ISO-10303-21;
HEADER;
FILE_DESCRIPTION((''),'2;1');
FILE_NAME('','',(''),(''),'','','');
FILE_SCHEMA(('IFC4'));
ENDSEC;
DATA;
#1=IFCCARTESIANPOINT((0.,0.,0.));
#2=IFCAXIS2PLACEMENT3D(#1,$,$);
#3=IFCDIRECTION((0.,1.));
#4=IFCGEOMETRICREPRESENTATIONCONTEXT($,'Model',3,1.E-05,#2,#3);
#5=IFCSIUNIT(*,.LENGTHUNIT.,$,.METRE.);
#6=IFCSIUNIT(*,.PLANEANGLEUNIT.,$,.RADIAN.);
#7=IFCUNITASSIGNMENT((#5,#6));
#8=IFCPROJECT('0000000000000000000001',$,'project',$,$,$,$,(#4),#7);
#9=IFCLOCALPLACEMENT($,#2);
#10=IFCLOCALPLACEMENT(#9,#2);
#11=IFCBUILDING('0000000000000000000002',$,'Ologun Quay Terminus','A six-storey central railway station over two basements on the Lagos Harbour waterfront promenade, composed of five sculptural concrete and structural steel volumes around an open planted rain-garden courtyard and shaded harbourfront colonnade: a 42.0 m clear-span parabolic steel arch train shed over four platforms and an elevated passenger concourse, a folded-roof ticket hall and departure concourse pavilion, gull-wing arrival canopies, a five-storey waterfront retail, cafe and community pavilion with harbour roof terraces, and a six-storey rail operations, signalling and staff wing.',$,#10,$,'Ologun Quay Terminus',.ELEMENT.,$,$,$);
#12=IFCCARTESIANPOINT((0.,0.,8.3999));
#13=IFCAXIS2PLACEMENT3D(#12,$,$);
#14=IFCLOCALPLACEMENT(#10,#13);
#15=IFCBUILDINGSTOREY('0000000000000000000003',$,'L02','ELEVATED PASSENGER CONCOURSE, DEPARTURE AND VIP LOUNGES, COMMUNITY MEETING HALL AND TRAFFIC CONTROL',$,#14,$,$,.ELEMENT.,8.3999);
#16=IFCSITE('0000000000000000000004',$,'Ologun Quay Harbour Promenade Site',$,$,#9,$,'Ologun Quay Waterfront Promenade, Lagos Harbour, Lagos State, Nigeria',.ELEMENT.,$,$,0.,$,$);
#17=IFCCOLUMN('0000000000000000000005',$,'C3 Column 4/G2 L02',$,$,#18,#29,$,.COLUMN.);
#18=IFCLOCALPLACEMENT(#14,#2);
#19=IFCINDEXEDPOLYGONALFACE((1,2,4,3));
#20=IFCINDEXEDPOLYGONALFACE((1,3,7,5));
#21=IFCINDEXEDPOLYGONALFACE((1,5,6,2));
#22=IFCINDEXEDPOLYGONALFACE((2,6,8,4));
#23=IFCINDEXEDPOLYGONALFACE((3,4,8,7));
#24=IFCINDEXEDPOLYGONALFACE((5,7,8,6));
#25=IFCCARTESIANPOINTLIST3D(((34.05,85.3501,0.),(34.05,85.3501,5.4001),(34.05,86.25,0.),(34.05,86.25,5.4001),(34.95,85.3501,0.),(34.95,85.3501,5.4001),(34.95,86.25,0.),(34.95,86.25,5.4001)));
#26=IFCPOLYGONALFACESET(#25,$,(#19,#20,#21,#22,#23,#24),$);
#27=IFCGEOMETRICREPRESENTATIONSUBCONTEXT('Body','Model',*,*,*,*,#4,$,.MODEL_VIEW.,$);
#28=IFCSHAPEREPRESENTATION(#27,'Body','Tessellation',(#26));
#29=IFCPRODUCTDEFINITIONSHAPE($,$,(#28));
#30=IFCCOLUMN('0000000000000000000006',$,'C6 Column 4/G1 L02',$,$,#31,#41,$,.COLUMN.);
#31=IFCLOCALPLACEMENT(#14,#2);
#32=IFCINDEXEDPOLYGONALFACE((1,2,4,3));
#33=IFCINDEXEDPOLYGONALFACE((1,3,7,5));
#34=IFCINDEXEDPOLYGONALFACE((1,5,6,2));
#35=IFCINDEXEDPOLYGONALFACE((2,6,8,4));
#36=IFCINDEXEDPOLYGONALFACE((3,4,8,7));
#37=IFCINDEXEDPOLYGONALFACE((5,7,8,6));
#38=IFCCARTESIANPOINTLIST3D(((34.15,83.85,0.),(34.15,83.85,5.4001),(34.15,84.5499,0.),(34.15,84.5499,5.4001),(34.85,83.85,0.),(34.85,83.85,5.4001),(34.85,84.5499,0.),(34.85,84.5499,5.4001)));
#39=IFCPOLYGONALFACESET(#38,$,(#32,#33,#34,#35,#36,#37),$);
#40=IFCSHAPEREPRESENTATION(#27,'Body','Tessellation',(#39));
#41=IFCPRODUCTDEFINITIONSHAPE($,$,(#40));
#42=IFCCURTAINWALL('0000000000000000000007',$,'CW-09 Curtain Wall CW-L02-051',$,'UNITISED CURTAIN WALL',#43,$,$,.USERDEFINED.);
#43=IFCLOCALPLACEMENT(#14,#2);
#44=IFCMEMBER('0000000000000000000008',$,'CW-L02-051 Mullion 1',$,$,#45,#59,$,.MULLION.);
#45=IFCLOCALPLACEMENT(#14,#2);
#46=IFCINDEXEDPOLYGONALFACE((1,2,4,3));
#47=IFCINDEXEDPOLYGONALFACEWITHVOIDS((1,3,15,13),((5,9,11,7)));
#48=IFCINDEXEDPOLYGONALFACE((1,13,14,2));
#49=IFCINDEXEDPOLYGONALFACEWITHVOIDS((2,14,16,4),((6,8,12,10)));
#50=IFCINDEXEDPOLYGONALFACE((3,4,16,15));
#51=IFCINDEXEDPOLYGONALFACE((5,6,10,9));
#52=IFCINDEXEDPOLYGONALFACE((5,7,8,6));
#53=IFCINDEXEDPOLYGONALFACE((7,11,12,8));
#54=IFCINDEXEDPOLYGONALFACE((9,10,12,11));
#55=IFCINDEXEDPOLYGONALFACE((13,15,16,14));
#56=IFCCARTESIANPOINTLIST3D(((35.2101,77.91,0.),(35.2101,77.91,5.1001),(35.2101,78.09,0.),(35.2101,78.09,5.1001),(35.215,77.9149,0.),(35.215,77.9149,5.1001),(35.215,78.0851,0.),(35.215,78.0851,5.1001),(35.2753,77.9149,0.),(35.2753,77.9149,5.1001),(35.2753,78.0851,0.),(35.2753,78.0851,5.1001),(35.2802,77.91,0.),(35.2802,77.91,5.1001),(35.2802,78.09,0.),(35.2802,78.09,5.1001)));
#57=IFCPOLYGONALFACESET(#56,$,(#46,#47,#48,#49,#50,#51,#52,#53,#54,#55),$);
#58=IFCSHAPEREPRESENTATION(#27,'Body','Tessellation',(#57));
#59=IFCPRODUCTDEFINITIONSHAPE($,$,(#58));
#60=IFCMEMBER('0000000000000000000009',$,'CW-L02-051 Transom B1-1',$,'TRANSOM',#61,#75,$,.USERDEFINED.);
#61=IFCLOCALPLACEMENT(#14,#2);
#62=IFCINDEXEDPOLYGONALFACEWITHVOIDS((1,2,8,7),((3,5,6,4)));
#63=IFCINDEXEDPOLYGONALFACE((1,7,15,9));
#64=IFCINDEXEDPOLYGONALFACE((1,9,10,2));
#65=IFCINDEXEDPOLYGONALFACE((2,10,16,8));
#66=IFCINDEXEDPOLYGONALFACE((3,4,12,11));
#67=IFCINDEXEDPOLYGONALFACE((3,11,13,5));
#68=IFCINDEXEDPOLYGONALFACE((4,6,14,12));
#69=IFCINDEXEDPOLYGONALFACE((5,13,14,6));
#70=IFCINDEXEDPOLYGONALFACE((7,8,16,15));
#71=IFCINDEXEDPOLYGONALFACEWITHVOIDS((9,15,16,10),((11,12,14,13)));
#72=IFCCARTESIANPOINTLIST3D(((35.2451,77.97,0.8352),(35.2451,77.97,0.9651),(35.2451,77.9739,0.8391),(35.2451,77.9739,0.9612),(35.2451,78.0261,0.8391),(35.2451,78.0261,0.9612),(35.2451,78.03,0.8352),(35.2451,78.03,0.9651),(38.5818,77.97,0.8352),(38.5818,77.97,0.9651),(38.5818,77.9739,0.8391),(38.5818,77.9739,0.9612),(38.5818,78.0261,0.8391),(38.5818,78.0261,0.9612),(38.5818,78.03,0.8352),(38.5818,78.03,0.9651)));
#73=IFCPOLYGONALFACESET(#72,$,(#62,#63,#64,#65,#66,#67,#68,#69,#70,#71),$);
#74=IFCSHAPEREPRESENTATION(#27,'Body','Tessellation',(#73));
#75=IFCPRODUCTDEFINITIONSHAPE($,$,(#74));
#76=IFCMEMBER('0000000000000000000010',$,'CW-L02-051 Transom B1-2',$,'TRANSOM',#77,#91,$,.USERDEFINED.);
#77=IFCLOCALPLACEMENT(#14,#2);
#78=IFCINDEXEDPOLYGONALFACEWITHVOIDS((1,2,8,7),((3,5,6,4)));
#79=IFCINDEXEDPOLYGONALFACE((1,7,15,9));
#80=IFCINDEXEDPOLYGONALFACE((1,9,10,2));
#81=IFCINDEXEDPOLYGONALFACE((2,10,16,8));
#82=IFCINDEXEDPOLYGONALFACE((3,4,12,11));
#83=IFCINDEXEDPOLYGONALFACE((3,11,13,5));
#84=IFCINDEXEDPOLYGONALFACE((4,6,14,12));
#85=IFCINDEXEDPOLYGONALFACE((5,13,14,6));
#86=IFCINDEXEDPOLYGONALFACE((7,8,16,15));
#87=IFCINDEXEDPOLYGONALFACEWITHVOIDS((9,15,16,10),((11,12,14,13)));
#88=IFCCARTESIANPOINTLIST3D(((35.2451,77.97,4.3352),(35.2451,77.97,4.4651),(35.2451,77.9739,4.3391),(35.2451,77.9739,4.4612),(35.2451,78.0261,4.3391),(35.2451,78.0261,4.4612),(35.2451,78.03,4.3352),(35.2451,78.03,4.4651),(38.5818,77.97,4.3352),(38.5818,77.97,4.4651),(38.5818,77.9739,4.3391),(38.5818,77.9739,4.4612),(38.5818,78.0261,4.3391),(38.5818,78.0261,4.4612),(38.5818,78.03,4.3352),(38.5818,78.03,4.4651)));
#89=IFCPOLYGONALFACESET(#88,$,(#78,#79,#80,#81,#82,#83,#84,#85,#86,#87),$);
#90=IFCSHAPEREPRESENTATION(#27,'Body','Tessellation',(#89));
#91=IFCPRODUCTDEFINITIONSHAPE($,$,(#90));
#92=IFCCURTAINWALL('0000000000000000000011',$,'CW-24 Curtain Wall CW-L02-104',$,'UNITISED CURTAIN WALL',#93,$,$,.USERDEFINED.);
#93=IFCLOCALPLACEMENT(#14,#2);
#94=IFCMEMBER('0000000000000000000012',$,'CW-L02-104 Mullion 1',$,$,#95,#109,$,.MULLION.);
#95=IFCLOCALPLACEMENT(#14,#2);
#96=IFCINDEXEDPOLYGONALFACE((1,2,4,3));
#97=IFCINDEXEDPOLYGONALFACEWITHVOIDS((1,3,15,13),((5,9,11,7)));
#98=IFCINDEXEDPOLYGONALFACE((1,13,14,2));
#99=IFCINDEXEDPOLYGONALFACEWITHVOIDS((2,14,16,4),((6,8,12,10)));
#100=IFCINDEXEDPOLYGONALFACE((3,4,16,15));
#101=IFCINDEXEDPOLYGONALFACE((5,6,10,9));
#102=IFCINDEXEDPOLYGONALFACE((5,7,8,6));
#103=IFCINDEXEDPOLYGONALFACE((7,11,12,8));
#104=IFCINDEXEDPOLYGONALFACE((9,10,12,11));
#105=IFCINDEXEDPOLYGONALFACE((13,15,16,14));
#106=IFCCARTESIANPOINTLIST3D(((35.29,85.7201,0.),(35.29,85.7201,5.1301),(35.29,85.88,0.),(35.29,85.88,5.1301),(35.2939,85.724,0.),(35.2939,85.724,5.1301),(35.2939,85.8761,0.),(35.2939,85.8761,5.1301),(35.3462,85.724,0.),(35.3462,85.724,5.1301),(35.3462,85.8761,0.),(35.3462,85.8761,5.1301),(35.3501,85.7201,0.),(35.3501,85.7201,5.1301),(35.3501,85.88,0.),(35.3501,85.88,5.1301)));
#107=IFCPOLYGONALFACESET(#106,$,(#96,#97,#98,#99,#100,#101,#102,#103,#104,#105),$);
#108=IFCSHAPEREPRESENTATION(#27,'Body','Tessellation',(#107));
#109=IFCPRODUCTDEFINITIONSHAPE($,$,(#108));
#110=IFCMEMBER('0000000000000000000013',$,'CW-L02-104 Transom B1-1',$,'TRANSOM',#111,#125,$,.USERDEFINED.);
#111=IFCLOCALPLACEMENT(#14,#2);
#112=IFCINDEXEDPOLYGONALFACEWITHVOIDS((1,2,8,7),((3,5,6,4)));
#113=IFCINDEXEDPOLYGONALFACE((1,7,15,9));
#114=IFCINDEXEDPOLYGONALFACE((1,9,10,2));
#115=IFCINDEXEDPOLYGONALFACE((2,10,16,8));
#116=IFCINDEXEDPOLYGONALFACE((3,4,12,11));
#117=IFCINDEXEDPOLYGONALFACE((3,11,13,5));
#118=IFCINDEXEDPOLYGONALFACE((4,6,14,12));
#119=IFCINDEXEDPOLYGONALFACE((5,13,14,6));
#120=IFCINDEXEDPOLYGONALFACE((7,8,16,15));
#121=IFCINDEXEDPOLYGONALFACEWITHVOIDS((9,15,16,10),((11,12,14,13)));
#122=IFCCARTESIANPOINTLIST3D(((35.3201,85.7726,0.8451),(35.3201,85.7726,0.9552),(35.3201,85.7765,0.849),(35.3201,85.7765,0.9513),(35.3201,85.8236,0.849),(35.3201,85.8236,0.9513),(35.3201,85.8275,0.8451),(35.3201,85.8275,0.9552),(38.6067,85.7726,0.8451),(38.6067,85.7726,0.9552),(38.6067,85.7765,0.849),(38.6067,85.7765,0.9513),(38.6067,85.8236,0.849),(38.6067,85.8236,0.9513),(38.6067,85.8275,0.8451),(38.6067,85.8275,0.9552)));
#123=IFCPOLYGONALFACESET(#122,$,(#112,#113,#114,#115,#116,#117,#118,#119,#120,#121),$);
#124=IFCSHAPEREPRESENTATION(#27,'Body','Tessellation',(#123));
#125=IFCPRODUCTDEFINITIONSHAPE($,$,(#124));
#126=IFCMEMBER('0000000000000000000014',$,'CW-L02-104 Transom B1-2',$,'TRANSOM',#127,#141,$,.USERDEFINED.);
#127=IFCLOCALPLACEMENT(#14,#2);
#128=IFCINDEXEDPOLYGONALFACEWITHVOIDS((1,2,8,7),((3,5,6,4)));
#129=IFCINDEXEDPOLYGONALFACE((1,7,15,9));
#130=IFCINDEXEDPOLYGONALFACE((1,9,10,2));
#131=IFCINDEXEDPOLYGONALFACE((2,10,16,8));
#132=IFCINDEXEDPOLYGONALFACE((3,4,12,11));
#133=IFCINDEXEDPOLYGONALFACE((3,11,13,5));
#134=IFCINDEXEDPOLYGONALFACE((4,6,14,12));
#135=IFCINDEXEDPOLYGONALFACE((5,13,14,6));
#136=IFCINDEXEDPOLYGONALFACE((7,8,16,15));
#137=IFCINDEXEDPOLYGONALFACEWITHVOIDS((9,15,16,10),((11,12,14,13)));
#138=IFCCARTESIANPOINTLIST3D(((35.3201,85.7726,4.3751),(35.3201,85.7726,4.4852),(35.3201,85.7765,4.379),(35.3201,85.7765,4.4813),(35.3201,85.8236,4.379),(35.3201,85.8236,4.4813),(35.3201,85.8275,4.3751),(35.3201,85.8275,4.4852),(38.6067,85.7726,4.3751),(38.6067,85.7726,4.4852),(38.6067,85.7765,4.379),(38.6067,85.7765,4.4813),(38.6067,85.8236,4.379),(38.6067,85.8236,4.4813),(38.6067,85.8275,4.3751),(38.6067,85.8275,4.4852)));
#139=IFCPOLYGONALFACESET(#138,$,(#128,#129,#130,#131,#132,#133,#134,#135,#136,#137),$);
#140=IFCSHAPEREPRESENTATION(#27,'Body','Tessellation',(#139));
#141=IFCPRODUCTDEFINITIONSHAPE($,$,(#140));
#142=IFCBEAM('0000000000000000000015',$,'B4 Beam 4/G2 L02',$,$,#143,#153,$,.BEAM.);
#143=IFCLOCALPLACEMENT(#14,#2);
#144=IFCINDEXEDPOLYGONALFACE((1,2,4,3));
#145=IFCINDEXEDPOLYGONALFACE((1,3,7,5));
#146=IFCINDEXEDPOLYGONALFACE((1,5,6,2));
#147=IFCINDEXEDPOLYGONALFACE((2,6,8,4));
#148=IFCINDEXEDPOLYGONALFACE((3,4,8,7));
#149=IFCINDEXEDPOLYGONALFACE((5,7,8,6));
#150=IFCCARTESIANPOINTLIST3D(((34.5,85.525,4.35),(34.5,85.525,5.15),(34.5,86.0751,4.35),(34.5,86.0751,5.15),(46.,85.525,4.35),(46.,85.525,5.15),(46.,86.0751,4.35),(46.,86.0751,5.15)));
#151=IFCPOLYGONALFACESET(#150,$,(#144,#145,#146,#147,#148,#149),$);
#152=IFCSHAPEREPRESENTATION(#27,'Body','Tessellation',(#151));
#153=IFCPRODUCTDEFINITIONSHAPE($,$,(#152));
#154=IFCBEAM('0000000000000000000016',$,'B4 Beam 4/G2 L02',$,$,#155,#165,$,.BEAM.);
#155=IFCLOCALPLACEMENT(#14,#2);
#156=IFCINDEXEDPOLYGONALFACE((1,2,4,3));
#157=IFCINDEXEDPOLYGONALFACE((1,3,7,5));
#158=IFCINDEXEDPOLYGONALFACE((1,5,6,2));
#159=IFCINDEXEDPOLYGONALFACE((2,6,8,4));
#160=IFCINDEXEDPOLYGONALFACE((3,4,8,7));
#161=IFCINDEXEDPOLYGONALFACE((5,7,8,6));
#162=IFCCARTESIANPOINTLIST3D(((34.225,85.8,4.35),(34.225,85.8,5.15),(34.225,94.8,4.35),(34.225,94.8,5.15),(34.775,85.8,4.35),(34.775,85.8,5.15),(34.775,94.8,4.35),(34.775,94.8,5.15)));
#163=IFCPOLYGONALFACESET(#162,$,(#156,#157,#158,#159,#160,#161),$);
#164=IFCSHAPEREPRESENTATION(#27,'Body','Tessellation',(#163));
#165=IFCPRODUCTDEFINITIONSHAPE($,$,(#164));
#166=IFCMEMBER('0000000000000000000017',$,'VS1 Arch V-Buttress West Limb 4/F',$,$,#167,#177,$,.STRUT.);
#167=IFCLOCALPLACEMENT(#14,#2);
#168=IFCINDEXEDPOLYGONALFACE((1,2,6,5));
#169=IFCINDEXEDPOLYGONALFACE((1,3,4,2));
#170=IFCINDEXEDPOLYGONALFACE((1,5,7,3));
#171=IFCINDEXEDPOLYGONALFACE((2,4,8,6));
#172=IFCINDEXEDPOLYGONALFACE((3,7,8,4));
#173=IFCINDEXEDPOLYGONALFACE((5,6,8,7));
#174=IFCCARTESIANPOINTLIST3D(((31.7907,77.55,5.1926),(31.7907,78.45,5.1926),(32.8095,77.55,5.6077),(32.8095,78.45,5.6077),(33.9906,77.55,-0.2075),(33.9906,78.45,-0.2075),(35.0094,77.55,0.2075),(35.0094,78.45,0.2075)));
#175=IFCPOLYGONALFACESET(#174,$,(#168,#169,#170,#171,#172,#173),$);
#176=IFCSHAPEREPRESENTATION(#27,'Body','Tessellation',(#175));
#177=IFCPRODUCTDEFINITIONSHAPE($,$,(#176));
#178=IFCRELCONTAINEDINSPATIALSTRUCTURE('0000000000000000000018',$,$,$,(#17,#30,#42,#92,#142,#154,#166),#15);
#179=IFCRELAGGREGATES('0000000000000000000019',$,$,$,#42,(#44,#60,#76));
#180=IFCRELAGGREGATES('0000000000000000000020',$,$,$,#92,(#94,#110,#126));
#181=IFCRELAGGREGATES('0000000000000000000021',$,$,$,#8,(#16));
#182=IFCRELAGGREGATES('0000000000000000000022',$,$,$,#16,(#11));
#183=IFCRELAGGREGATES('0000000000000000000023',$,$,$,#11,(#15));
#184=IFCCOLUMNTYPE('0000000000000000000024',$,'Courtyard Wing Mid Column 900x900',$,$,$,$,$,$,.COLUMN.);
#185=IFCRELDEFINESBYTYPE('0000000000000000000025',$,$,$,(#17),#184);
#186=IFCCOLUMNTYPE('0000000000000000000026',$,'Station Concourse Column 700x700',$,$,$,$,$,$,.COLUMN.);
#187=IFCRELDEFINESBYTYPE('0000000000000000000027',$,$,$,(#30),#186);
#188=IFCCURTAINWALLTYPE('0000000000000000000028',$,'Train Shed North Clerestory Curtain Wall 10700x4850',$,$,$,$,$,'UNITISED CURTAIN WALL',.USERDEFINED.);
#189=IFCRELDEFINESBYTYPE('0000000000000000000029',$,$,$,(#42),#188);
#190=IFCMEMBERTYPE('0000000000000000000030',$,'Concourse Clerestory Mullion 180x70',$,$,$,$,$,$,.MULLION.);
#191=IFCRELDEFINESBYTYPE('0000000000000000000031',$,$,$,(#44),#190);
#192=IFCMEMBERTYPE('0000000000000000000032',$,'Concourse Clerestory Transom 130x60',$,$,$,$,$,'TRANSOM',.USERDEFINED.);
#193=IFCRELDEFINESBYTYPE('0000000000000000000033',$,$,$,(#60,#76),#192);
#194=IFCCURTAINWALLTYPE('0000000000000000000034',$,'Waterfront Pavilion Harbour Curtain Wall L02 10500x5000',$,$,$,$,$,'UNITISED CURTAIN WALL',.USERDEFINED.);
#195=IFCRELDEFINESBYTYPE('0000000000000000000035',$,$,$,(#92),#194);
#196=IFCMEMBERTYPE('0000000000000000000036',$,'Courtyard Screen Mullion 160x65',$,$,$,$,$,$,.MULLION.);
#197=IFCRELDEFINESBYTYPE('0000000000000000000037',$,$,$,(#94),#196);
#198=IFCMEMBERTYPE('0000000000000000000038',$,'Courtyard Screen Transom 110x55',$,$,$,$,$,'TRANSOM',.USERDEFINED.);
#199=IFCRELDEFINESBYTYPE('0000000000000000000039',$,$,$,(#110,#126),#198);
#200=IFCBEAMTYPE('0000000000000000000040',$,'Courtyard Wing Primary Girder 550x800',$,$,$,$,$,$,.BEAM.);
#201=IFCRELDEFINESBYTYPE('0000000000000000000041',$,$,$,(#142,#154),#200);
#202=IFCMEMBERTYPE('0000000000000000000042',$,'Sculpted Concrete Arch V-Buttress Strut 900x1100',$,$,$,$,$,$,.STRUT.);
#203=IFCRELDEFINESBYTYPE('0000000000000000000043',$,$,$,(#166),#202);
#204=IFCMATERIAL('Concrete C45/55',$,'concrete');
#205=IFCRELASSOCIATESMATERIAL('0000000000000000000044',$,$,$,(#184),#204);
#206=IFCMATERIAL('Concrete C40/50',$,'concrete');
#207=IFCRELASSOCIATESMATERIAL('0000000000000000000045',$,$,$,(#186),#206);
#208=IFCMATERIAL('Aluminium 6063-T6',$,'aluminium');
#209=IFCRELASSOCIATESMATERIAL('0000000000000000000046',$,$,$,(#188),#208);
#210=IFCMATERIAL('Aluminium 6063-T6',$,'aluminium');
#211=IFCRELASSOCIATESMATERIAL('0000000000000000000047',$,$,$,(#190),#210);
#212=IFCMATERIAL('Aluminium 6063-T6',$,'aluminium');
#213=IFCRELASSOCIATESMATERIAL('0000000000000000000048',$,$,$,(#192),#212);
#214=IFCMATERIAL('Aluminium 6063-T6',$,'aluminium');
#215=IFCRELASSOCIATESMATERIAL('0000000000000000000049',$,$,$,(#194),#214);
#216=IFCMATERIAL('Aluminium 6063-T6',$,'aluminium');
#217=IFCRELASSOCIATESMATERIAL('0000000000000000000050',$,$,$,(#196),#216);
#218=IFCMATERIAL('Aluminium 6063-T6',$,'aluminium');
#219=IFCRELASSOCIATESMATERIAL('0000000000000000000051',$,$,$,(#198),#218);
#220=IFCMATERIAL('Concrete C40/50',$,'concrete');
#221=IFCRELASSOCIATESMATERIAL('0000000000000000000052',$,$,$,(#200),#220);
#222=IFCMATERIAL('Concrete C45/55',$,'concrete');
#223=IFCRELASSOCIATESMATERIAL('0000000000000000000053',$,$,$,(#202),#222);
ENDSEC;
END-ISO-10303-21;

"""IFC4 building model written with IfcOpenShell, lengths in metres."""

from ifc_helpers import new_model, si_unit, direction, frame, origin, origin_2d, place, context, subcontext, project, spatial, rectangle, hollow_rectangle, extrude, material, material_profile, profile_set, type_object, element, aggregate, save


model = new_model("IFC4")

# Units and contexts
model_context = context("Model", 3, precision=1e-05, world=origin(), true_north=direction((0.0, 1.0)))
body_context = subcontext(model_context, "Body", "Model", "MODEL_VIEW")
ifc_project = project(units=[si_unit("LENGTHUNIT", "METRE"), si_unit("PLANEANGLEUNIT", "RADIAN")], contexts=[model_context])

# Site, building, storey
site_placement = place(None, origin())
site = spatial("IfcSite", under=ifc_project, at=site_placement, Name="Ologun Quay Harbour Promenade Site", LongName="Ologun Quay Waterfront Promenade, Lagos Harbour, Lagos State, Nigeria", CompositionType="ELEMENT", RefElevation=0.0)
building_placement = place(site_placement, origin())
building = spatial("IfcBuilding", under=site, at=building_placement, Name="Ologun Quay Terminus", Description="A six-storey central railway station over two basements on the Lagos Harbour waterfront promenade, composed of five sculptural concrete and structural steel volumes around an open planted rain-garden courtyard and shaded harbourfront colonnade: a 42.0 m clear-span parabolic steel arch train shed over four platforms and an elevated passenger concourse, a folded-roof ticket hall and departure concourse pavilion, gull-wing arrival canopies, a five-storey waterfront retail, cafe and community pavilion with harbour roof terraces, and a six-storey rail operations, signalling and staff wing.", LongName="Ologun Quay Terminus", CompositionType="ELEMENT")
storey_placement = place(building_placement, frame((0.0, 0.0, 8.3999)))
storey = spatial("IfcBuildingStorey", under=building, at=storey_placement, Name="L02", Description="ELEVATED PASSENGER CONCOURSE, DEPARTURE AND VIP LOUNGES, COMMUNITY MEETING HALL AND TRAFFIC CONTROL", CompositionType="ELEMENT", Elevation=8.3999)

# Columns
ifc_material_1 = material(Name="Concrete C45/55", Category="concrete")
ifc_material_profile_1 = material_profile(ifc_material_1, rectangle(XDim=0.8999, YDim=0.8999, at=origin_2d()), Name="RC 900x900")
ifc_profile_set_1 = profile_set([ifc_material_profile_1], Name="Concrete C45/55")
column_type_1 = type_object("IfcColumnType", Name="Courtyard Wing Mid Column 900x900", PredefinedType="COLUMN", material=ifc_profile_set_1)
column_1_placement = place(storey_placement, frame((34.5, 85.8, 0.0), z_axis=(0.0, 0.0, 1.0), x_axis=(1.0, 0.0, 0.0)))
element("IfcColumn", 1, at=column_1_placement, inside=storey, type_object=column_type_1, Name="C3 Column 4/G2 L02", PredefinedType="COLUMN", context=body_context, shape_type="SweptSolid", body=[
    extrude(rectangle(XDim=0.8999, YDim=0.8999, at=origin_2d()), origin(), (0.0, 0.0, 1.0), 5.4001),
])
ifc_material_2 = material(Name="Concrete C40/50", Category="concrete")
ifc_material_profile_2 = material_profile(ifc_material_2, rectangle(XDim=0.7, YDim=0.7, at=origin_2d()), Name="RC 700x700")
ifc_profile_set_2 = profile_set([ifc_material_profile_2], Name="Concrete C40/50")
column_type_2 = type_object("IfcColumnType", Name="Station Concourse Column 700x700", PredefinedType="COLUMN", material=ifc_profile_set_2)
column_2_placement = place(storey_placement, frame((34.5, 84.2, 0.0), z_axis=(0.0, 0.0, 1.0), x_axis=(1.0, 0.0, 0.0)))
element("IfcColumn", 2, at=column_2_placement, inside=storey, type_object=column_type_2, Name="C6 Column 4/G1 L02", PredefinedType="COLUMN", context=body_context, shape_type="SweptSolid", body=[
    extrude(rectangle(XDim=0.7, YDim=0.7, at=origin_2d()), origin(), (0.0, 0.0, 1.0), 5.4001),
])

# Curtain walls, members
ifc_material_3 = material(Name="Aluminium 6063-T6", Category="aluminium")
curtain_wall_type_1 = type_object("IfcCurtainWallType", Name="Train Shed North Clerestory Curtain Wall 10700x4850", ElementType="UNITISED CURTAIN WALL", PredefinedType="USERDEFINED", material=ifc_material_3)
curtain_wall_1_placement = place(storey_placement, origin())
curtain_wall_1 = element("IfcCurtainWall", 3, at=curtain_wall_1_placement, inside=storey, type_object=curtain_wall_type_1, Name="CW-09 Curtain Wall CW-L02-051", ObjectType="UNITISED CURTAIN WALL", PredefinedType="USERDEFINED")
ifc_material_4 = material(Name="Aluminium 6063-T6", Category="aluminium")
ifc_material_profile_3 = material_profile(ifc_material_4, hollow_rectangle(XDim=0.0701, YDim=0.1799, WallThickness=0.0049, at=origin_2d()), Name="ALU 180x70x5")
ifc_profile_set_3 = profile_set([ifc_material_profile_3], Name="Aluminium 6063-T6")
member_type_1 = type_object("IfcMemberType", Name="Concourse Clerestory Mullion 180x70", PredefinedType="MULLION", material=ifc_profile_set_3)
member_1_placement = place(storey_placement, frame((35.2451, 78.0, 0.0), z_axis=(0.0, 0.0, 1.0), x_axis=(1.0, 0.0, 0.0)))
member_1 = element("IfcMember", 4, at=member_1_placement, type_object=member_type_1, Name="CW-L02-051 Mullion 1", PredefinedType="MULLION", context=body_context, shape_type="SweptSolid", body=[
    extrude(hollow_rectangle(XDim=0.0701, YDim=0.1799, WallThickness=0.0049, at=origin_2d()), origin(), (0.0, 0.0, 1.0), 5.1001),
])
ifc_material_5 = material(Name="Aluminium 6063-T6", Category="aluminium")
ifc_material_profile_4 = material_profile(ifc_material_5, hollow_rectangle(XDim=0.0601, YDim=0.1299, WallThickness=0.0039, at=origin_2d()), Name="ALU 130x60x4")
ifc_profile_set_4 = profile_set([ifc_material_profile_4], Name="Aluminium 6063-T6")
member_type_2 = type_object("IfcMemberType", Name="Concourse Clerestory Transom 130x60", ElementType="TRANSOM", PredefinedType="USERDEFINED", material=ifc_profile_set_4)
member_2_placement = place(storey_placement, frame((35.2451, 78.0, 0.9001), z_axis=(1.0, 0.0, 0.0), x_axis=(0.0, 1.0, 0.0)))
member_2 = element("IfcMember", 5, at=member_2_placement, type_object=member_type_2, Name="CW-L02-051 Transom B1-1", ObjectType="TRANSOM", PredefinedType="USERDEFINED", context=body_context, shape_type="SweptSolid", body=[
    extrude(hollow_rectangle(XDim=0.0601, YDim=0.1299, WallThickness=0.0039, at=origin_2d()), origin(), (0.0, 0.0, 1.0), 3.3367),
])
member_3_placement = place(storey_placement, frame((35.2451, 78.0, 4.4001), z_axis=(1.0, 0.0, 0.0), x_axis=(0.0, 1.0, 0.0)))
member_3 = element("IfcMember", 6, at=member_3_placement, type_object=member_type_2, Name="CW-L02-051 Transom B1-2", ObjectType="TRANSOM", PredefinedType="USERDEFINED", context=body_context, shape_type="SweptSolid", body=[
    extrude(hollow_rectangle(XDim=0.0601, YDim=0.1299, WallThickness=0.0039, at=origin_2d()), origin(), (0.0, 0.0, 1.0), 3.3367),
])
aggregate(curtain_wall_1, [member_1, member_2, member_3])
ifc_material_6 = material(Name="Aluminium 6063-T6", Category="aluminium")
curtain_wall_type_2 = type_object("IfcCurtainWallType", Name="Waterfront Pavilion Harbour Curtain Wall L02 10500x5000", ElementType="UNITISED CURTAIN WALL", PredefinedType="USERDEFINED", material=ifc_material_6)
curtain_wall_2_placement = place(storey_placement, origin())
curtain_wall_2 = element("IfcCurtainWall", 7, at=curtain_wall_2_placement, inside=storey, type_object=curtain_wall_type_2, Name="CW-24 Curtain Wall CW-L02-104", ObjectType="UNITISED CURTAIN WALL", PredefinedType="USERDEFINED")
ifc_material_7 = material(Name="Aluminium 6063-T6", Category="aluminium")
ifc_material_profile_5 = material_profile(ifc_material_7, hollow_rectangle(XDim=0.0601, YDim=0.1599, WallThickness=0.0039, at=origin_2d()), Name="ALU 160x60x4")
ifc_profile_set_5 = profile_set([ifc_material_profile_5], Name="Aluminium 6063-T6")
member_type_3 = type_object("IfcMemberType", Name="Courtyard Screen Mullion 160x65", PredefinedType="MULLION", material=ifc_profile_set_5)
member_4_placement = place(storey_placement, frame((35.3201, 85.8, 0.0), z_axis=(0.0, 0.0, 1.0), x_axis=(1.0, 0.0, 0.0)))
member_4 = element("IfcMember", 8, at=member_4_placement, type_object=member_type_3, Name="CW-L02-104 Mullion 1", PredefinedType="MULLION", context=body_context, shape_type="SweptSolid", body=[
    extrude(hollow_rectangle(XDim=0.0601, YDim=0.1599, WallThickness=0.0039, at=origin_2d()), origin(), (0.0, 0.0, 1.0), 5.1301),
])
ifc_material_8 = material(Name="Aluminium 6063-T6", Category="aluminium")
ifc_material_profile_6 = material_profile(ifc_material_8, hollow_rectangle(XDim=0.0549, YDim=0.1101, WallThickness=0.0039, at=origin_2d()), Name="ALU 110x55x4")
ifc_profile_set_6 = profile_set([ifc_material_profile_6], Name="Aluminium 6063-T6")
member_type_4 = type_object("IfcMemberType", Name="Courtyard Screen Transom 110x55", ElementType="TRANSOM", PredefinedType="USERDEFINED", material=ifc_profile_set_6)
member_5_placement = place(storey_placement, frame((35.3201, 85.8, 0.9001), z_axis=(1.0, 0.0, 0.0), x_axis=(0.0, 1.0, 0.0)))
member_5 = element("IfcMember", 9, at=member_5_placement, type_object=member_type_4, Name="CW-L02-104 Transom B1-1", ObjectType="TRANSOM", PredefinedType="USERDEFINED", context=body_context, shape_type="SweptSolid", body=[
    extrude(hollow_rectangle(XDim=0.0549, YDim=0.1101, WallThickness=0.0039, at=origin_2d()), origin(), (0.0, 0.0, 1.0), 3.2866),
])
member_6_placement = place(storey_placement, frame((35.3201, 85.8, 4.4302), z_axis=(1.0, 0.0, 0.0), x_axis=(0.0, 1.0, 0.0)))
member_6 = element("IfcMember", 10, at=member_6_placement, type_object=member_type_4, Name="CW-L02-104 Transom B1-2", ObjectType="TRANSOM", PredefinedType="USERDEFINED", context=body_context, shape_type="SweptSolid", body=[
    extrude(hollow_rectangle(XDim=0.0549, YDim=0.1101, WallThickness=0.0039, at=origin_2d()), origin(), (0.0, 0.0, 1.0), 3.2866),
])
aggregate(curtain_wall_2, [member_4, member_5, member_6])

# Beams
ifc_material_9 = material(Name="Concrete C40/50", Category="concrete")
ifc_material_profile_7 = material_profile(ifc_material_9, rectangle(XDim=0.55, YDim=0.8, at=origin_2d()), Name="RC 550x800")
ifc_profile_set_7 = profile_set([ifc_material_profile_7], Name="Concrete C40/50")
beam_type_1 = type_object("IfcBeamType", Name="Courtyard Wing Primary Girder 550x800", PredefinedType="BEAM", material=ifc_profile_set_7)
beam_1_placement = place(storey_placement, frame((34.5, 85.8, 4.75), z_axis=(1.0, 0.0, 0.0), x_axis=(0.0, 1.0, 0.0)))
element("IfcBeam", 11, at=beam_1_placement, inside=storey, type_object=beam_type_1, Name="B4 Beam 4/G2 L02", PredefinedType="BEAM", context=body_context, shape_type="SweptSolid", body=[
    extrude(rectangle(XDim=0.55, YDim=0.8, at=origin_2d()), origin(), (0.0, 0.0, 1.0), 11.5),
])
beam_2_placement = place(storey_placement, frame((34.5, 85.8, 4.75), z_axis=(0.0, 1.0, 0.0), x_axis=(-1.0, 0.0, 0.0)))
element("IfcBeam", 12, at=beam_2_placement, inside=storey, type_object=beam_type_1, Name="B4 Beam 4/G2 L02", PredefinedType="BEAM", context=body_context, shape_type="SweptSolid", body=[
    extrude(rectangle(XDim=0.55, YDim=0.8, at=origin_2d()), origin(), (0.0, 0.0, 1.0), 9.0),
])

# Member
ifc_material_10 = material(Name="Concrete C45/55", Category="concrete")
ifc_material_profile_8 = material_profile(ifc_material_10, rectangle(XDim=0.8999, YDim=1.1001, at=origin_2d()), Name="RC 900x1100")
ifc_profile_set_8 = profile_set([ifc_material_profile_8], Name="Concrete C45/55")
member_type_5 = type_object("IfcMemberType", Name="Sculpted Concrete Arch V-Buttress Strut 900x1100", PredefinedType="STRUT", material=ifc_profile_set_8)
for number, where, z_axis, x_axis, name in (
    (13, (34.5, 78.0, 0.0), (-0.377281, 0.0, 0.926099), (0.0, -1.0, 0.0), "VS1 Arch V-Buttress West Limb 4/F"),
):
    element("IfcMember", number, at=place(storey_placement, frame(where, z_axis=z_axis, x_axis=x_axis)), inside=storey, type_object=member_type_5, Name=name, PredefinedType="STRUT", context=body_context, shape_type="SweptSolid", body=[
        extrude(rectangle(XDim=0.8999, YDim=1.1001, at=origin_2d()), origin(), (0.0, 0.0, 1.0), 5.8311),
    ])

save(model, "model.ifc")
